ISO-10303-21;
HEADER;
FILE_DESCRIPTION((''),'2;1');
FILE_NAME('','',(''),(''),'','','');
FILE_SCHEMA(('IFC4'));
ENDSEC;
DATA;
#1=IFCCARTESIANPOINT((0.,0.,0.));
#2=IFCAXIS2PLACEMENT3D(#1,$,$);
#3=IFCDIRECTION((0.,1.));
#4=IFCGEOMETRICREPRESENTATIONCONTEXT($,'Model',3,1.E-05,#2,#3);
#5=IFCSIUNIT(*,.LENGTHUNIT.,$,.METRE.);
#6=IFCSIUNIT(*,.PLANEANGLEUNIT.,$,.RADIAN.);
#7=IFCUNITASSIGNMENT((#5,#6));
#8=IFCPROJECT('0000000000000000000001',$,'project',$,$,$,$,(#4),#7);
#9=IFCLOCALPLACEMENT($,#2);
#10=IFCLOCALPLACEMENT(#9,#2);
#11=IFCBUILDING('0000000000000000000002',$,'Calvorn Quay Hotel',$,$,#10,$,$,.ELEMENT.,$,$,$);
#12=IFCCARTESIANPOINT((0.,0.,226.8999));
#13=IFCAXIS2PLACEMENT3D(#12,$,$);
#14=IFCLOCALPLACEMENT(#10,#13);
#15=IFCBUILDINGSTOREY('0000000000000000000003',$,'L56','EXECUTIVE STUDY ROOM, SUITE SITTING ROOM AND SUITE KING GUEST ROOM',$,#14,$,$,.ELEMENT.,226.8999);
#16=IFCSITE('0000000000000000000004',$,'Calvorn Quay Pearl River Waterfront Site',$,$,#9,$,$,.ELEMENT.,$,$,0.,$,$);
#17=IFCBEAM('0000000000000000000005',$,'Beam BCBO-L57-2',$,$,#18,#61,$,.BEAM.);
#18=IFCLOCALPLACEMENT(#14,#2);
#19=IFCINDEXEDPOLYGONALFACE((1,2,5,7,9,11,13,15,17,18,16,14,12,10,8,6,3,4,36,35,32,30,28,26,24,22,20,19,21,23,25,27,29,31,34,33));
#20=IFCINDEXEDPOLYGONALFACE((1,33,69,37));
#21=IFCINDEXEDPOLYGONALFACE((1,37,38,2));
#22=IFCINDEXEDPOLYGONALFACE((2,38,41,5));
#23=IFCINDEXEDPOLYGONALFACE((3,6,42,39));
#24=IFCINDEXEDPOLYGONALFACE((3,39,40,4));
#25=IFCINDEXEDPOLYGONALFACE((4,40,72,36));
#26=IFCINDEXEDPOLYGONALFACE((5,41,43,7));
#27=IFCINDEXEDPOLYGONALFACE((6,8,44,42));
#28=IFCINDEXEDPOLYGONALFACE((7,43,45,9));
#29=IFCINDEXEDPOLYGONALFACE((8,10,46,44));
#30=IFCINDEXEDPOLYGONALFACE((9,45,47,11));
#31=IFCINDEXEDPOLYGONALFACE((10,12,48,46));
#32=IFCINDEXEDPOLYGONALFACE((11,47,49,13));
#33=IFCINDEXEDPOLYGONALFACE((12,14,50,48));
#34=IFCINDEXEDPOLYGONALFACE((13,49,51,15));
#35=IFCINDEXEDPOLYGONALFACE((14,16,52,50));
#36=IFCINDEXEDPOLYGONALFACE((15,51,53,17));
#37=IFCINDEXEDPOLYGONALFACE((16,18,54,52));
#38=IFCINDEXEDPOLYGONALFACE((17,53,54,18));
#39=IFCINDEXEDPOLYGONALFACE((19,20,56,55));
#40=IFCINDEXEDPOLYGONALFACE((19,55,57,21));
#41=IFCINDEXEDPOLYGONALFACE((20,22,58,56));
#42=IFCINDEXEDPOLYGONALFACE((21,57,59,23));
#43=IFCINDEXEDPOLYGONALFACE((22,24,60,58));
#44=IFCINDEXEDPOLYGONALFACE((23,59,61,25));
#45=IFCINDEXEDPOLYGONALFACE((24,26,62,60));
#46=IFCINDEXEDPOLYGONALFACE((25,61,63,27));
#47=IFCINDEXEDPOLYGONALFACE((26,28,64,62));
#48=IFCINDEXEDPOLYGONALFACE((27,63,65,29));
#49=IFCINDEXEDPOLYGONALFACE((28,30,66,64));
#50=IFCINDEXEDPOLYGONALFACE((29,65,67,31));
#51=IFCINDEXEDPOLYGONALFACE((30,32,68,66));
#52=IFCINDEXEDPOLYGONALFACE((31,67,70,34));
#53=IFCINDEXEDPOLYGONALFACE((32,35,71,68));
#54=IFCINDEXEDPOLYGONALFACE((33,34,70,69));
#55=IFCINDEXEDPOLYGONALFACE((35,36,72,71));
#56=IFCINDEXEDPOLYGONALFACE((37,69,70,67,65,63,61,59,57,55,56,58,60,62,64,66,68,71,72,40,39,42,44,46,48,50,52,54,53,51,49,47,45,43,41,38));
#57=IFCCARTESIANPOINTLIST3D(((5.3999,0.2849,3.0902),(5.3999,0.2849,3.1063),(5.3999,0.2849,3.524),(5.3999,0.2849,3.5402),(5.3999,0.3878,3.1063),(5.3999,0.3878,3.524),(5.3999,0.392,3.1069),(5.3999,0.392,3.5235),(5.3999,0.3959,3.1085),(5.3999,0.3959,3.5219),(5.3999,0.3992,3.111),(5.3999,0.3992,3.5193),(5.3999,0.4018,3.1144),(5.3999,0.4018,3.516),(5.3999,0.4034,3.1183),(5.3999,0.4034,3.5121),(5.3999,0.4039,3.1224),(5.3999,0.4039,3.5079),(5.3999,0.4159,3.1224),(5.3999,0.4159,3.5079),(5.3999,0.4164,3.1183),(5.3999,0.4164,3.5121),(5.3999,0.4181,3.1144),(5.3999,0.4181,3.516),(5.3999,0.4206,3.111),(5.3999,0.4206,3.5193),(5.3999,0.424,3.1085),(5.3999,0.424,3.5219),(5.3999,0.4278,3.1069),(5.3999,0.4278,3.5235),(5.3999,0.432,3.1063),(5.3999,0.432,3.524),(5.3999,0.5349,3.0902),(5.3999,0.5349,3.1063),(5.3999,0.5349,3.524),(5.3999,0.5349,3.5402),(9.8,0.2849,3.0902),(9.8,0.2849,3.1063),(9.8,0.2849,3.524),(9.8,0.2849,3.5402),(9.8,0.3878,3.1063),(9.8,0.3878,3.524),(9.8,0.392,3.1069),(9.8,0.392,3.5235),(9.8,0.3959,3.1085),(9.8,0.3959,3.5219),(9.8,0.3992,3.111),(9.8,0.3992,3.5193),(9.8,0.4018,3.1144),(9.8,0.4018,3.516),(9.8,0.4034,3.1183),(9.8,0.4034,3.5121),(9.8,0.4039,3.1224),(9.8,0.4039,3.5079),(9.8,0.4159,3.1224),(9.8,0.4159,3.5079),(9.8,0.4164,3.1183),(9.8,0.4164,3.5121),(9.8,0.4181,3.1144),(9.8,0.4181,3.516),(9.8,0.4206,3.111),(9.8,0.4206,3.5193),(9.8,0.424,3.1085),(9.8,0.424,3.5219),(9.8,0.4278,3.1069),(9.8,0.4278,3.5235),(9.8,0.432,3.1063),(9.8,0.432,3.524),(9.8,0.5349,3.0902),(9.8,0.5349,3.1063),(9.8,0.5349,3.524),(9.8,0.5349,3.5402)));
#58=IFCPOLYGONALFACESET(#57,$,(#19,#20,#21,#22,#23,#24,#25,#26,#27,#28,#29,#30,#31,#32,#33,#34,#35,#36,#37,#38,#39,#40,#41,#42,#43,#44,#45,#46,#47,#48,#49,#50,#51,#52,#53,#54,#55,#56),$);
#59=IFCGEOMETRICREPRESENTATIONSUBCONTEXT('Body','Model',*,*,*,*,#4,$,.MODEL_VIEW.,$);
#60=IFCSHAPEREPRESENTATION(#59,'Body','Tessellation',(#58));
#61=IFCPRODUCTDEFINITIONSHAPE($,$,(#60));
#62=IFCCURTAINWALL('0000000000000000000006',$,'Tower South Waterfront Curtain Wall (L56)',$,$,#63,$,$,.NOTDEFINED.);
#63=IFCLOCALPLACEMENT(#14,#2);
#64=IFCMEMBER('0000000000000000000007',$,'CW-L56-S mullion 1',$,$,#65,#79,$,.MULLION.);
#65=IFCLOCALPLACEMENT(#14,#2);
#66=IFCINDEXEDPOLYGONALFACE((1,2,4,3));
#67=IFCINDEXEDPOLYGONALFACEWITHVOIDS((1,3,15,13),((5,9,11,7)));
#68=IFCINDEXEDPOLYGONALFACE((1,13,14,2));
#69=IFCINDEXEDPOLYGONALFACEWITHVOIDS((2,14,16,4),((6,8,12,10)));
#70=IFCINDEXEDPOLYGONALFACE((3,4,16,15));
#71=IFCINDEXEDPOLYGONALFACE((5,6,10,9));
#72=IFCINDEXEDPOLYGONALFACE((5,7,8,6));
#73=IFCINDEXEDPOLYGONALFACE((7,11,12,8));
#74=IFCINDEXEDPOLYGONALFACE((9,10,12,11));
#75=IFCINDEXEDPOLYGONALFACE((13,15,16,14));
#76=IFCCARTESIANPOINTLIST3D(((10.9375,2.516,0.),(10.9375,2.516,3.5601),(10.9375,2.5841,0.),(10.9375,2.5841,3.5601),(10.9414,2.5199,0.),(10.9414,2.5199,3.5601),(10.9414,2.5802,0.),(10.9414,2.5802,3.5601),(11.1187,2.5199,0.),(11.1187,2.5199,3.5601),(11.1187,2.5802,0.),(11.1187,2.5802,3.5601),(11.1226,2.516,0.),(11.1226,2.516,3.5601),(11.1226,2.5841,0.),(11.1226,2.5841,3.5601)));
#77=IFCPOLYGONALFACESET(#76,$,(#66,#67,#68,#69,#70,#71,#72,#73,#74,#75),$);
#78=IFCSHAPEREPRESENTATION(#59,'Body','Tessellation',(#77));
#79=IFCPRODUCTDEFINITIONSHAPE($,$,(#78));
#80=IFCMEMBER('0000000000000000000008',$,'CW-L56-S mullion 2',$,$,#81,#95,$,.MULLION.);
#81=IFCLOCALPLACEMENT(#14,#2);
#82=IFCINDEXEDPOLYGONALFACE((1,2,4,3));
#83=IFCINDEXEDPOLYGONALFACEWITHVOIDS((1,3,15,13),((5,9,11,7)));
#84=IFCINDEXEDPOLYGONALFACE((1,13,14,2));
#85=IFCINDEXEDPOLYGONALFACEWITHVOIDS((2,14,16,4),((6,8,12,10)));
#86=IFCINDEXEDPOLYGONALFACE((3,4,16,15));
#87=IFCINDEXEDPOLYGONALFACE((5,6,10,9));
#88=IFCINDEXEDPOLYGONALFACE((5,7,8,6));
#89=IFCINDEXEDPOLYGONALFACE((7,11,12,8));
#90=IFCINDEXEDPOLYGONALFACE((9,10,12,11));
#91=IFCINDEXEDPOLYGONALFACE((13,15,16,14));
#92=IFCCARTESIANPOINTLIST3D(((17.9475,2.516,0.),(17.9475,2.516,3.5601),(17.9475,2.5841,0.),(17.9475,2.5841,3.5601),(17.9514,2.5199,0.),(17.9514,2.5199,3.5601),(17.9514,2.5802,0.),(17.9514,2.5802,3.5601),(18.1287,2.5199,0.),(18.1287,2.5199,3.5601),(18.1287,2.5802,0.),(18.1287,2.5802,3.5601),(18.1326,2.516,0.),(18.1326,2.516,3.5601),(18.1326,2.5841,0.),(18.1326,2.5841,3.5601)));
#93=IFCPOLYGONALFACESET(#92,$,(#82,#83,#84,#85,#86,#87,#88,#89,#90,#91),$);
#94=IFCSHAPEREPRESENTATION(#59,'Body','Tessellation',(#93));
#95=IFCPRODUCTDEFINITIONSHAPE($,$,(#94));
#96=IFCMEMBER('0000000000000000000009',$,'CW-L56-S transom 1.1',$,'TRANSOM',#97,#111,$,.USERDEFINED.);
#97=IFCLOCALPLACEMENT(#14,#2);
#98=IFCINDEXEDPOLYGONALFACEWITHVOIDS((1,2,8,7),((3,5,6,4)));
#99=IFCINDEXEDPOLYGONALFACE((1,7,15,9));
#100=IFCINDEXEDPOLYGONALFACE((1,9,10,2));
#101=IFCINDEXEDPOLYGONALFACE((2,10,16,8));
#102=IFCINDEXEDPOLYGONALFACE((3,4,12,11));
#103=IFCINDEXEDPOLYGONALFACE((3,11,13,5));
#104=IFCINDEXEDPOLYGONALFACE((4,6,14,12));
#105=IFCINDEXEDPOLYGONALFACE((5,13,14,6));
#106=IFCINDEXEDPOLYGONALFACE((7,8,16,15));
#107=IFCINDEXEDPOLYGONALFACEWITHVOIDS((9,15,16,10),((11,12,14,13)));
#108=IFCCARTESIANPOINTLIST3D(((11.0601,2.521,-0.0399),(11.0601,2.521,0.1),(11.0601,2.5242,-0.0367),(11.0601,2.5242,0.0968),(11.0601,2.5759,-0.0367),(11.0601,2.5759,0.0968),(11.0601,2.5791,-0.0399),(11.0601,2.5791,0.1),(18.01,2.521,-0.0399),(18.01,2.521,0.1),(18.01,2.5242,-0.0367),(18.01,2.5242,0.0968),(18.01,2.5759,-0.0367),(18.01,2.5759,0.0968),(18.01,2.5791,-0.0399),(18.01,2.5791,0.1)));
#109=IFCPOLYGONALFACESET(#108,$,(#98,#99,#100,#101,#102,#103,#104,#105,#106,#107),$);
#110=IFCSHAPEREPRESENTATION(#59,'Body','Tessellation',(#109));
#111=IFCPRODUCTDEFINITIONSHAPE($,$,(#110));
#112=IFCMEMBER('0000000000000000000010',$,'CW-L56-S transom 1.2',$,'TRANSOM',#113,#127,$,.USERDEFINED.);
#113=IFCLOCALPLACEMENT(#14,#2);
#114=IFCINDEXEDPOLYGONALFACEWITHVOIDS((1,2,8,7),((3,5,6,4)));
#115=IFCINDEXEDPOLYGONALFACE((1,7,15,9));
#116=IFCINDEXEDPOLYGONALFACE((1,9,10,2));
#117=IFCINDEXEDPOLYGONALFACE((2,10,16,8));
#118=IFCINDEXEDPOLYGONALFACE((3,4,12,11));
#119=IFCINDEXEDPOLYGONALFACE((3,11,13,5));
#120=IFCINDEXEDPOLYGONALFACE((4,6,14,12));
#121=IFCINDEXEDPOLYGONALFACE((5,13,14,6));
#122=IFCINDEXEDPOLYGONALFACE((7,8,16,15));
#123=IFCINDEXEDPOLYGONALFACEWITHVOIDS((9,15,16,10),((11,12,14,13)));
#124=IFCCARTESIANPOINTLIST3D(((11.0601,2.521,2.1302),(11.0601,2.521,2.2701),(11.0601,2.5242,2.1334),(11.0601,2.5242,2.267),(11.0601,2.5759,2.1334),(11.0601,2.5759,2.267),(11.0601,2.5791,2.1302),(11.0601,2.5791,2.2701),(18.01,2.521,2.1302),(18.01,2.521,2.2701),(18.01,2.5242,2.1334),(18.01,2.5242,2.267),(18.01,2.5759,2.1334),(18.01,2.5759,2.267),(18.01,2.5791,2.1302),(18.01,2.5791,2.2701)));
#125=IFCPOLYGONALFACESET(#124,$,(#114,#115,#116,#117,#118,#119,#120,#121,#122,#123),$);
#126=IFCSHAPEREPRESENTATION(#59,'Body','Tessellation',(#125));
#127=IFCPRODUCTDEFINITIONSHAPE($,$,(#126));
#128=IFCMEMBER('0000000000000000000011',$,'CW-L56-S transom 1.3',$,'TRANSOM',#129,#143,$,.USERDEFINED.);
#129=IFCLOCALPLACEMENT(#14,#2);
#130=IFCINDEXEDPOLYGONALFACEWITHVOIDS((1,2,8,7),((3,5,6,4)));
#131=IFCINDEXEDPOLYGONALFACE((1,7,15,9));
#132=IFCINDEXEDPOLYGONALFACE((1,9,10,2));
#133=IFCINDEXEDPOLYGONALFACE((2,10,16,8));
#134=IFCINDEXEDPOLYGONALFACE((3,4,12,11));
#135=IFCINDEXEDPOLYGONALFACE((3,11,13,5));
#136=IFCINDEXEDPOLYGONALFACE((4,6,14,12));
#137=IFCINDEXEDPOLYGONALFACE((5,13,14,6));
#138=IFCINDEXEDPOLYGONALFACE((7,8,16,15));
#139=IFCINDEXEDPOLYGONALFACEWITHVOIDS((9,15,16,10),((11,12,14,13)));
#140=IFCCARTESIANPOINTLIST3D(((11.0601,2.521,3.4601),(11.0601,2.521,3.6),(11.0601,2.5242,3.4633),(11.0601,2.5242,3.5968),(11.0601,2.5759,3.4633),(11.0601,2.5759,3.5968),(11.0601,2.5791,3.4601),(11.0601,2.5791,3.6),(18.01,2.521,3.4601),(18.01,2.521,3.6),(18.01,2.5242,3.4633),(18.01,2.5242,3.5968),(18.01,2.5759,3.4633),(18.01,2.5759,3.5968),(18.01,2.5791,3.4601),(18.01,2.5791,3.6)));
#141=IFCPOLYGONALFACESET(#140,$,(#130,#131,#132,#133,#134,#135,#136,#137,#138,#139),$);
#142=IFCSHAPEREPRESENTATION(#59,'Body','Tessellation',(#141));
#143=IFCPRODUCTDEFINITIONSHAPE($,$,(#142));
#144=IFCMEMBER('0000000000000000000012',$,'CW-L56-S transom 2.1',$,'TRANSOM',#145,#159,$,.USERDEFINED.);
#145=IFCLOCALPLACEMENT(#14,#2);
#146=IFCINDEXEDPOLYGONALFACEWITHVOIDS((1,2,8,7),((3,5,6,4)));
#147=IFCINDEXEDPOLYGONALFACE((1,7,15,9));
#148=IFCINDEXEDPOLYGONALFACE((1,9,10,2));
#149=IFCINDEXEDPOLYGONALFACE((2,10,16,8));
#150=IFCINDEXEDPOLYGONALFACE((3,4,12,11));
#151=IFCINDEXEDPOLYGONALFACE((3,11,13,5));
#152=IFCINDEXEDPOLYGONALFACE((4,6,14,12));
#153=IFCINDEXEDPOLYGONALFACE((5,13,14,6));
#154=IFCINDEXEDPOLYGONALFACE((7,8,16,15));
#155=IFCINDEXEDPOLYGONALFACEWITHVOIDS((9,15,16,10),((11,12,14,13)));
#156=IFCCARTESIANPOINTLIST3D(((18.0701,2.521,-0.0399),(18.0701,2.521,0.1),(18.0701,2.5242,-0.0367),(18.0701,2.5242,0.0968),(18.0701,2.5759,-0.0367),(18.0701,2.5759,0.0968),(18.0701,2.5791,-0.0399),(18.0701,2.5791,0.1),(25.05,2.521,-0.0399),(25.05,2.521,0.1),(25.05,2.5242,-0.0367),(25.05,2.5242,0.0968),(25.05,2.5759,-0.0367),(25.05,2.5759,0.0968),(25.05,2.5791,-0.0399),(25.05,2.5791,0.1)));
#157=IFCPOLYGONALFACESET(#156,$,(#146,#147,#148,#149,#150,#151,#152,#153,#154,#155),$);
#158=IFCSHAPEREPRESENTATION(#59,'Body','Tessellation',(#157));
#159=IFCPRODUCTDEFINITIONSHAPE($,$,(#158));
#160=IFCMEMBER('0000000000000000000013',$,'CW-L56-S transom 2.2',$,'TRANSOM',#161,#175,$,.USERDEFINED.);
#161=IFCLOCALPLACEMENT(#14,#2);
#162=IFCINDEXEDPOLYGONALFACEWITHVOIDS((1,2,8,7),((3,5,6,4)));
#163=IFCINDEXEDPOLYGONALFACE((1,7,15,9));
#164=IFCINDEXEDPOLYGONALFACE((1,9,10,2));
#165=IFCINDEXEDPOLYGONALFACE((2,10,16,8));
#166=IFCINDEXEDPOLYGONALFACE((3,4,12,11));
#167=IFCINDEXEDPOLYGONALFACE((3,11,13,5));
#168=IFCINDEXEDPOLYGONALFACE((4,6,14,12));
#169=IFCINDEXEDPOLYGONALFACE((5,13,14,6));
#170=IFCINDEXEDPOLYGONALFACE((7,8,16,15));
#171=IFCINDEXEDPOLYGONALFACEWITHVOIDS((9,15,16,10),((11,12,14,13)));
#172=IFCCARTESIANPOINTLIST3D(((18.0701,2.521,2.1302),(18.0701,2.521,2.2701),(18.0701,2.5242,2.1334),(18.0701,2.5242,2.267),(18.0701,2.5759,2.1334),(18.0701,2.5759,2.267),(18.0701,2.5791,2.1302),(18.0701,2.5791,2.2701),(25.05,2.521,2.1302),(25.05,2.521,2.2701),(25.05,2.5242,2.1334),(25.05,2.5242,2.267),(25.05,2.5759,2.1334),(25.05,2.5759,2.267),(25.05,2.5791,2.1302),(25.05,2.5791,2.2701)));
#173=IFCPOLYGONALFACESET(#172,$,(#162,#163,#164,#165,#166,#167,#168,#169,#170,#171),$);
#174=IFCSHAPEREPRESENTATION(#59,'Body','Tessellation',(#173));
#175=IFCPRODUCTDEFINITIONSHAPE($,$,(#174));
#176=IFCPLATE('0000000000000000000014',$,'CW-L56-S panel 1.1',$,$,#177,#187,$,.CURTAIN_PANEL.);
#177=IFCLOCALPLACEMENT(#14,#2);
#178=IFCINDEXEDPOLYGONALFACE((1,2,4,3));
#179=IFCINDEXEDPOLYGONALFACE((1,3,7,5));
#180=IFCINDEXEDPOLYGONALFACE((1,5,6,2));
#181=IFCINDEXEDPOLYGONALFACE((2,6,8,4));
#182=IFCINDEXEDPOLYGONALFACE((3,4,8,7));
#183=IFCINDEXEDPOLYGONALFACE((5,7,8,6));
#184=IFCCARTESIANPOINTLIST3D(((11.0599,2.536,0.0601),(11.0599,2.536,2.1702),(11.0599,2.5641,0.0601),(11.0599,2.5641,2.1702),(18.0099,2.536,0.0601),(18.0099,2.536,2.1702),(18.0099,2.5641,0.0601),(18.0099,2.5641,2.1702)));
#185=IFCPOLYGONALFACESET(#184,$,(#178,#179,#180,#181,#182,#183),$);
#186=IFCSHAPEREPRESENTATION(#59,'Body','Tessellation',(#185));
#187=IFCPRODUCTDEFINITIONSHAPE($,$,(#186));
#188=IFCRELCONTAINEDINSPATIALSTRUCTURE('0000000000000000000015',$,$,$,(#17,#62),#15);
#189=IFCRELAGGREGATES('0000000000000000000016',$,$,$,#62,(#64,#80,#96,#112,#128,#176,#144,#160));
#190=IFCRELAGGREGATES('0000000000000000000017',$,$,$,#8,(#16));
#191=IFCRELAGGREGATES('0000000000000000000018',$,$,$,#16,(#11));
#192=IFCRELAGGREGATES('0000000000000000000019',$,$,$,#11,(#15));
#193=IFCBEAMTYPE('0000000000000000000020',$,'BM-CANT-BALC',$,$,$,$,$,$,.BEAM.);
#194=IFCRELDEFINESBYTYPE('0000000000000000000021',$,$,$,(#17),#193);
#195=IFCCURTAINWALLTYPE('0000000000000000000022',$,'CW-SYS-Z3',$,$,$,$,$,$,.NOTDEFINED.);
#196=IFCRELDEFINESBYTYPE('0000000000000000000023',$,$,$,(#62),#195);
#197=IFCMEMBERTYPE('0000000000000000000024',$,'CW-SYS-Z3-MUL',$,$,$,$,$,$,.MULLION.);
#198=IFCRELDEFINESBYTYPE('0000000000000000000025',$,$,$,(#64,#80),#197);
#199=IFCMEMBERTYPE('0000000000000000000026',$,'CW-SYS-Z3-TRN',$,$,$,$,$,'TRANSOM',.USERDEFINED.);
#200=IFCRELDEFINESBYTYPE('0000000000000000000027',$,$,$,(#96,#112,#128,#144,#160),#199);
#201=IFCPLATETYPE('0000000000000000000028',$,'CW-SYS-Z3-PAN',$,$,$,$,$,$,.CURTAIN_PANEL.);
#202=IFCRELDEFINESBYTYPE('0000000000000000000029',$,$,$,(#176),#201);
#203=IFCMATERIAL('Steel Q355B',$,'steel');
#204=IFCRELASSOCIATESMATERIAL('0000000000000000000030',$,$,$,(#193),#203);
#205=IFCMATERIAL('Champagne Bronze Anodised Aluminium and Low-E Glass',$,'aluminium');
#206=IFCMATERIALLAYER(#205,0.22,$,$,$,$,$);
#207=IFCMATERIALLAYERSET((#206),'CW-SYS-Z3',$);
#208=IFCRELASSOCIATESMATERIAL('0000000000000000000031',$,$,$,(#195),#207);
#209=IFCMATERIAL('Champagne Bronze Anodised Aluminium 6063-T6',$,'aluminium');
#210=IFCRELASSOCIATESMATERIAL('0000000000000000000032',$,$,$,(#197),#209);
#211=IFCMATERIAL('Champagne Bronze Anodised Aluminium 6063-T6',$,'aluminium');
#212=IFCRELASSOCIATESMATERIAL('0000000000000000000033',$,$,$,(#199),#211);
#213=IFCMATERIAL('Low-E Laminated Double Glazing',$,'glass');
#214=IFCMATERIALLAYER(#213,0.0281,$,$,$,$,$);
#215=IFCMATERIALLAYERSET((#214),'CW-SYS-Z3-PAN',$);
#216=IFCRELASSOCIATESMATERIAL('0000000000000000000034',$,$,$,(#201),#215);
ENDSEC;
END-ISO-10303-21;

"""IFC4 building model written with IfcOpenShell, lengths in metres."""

from ifc_helpers import new_model, si_unit, direction, frame, origin, origin_2d, place, context, subcontext, project, spatial, rectangle, hollow_rectangle, i_section, extrude, material, layer, layer_set, material_profile, profile_set, type_object, element, aggregate, save


model = new_model("IFC4")

# Units and contexts
model_context = context("Model", 3, precision=1e-05, world=origin(), true_north=direction((0.0, 1.0)))
body_context = subcontext(model_context, "Body", "Model", "MODEL_VIEW")
ifc_project = project(units=[si_unit("LENGTHUNIT", "METRE"), si_unit("PLANEANGLEUNIT", "RADIAN")], contexts=[model_context])

# Site, building, storey
site_placement = place(None, origin())
site = spatial("IfcSite", under=ifc_project, at=site_placement, Name="Calvorn Quay Pearl River Waterfront Site", CompositionType="ELEMENT", RefElevation=0.0)
building_placement = place(site_placement, origin())
building = spatial("IfcBuilding", under=site, at=building_placement, Name="Calvorn Quay Hotel", CompositionType="ELEMENT")
storey_placement = place(building_placement, frame((0.0, 0.0, 226.8999)))
storey = spatial("IfcBuildingStorey", under=building, at=storey_placement, Name="L56", Description="EXECUTIVE STUDY ROOM, SUITE SITTING ROOM AND SUITE KING GUEST ROOM", CompositionType="ELEMENT", Elevation=226.8999)

# Beam
ifc_material_1 = material(Name="Steel Q355B", Category="steel")
ifc_material_profile_1 = material_profile(ifc_material_1, i_section(OverallWidth=0.25, OverallDepth=0.45, WebThickness=0.012, FlangeThickness=0.0161, FilletRadius=0.0161, at=origin_2d()), Name="HN450x250x12x16")
ifc_profile_set_1 = profile_set([ifc_material_profile_1], Name="Steel Q355B")
beam_type = type_object("IfcBeamType", Name="BM-CANT-BALC", PredefinedType="BEAM", material=ifc_profile_set_1)
beam_placement = place(storey_placement, frame((5.3999, 0.4099, 3.3152), z_axis=(1.0, 0.0, 0.0), x_axis=(0.0, 1.0, 0.0)))
element("IfcBeam", 1, at=beam_placement, inside=storey, type_object=beam_type, Name="Beam BCBO-L57-2", PredefinedType="BEAM", context=body_context, shape_type="SweptSolid", body=[
    extrude(i_section(OverallWidth=0.25, OverallDepth=0.45, WebThickness=0.012, FlangeThickness=0.0161, FilletRadius=0.0161, at=origin_2d()), origin(), (0.0, 0.0, 1.0), 4.4001),
])

# Curtain wall, members, plate
ifc_material_2 = material(Name="Champagne Bronze Anodised Aluminium and Low-E Glass", Category="aluminium")
ifc_layer_1 = layer(ifc_material_2, 0.22)
ifc_layer_set_1 = layer_set([ifc_layer_1], Name="CW-SYS-Z3")
curtain_wall_type = type_object("IfcCurtainWallType", Name="CW-SYS-Z3", PredefinedType="NOTDEFINED", material=ifc_layer_set_1)
curtain_wall_placement = place(storey_placement, origin())
curtain_wall = element("IfcCurtainWall", 2, at=curtain_wall_placement, inside=storey, type_object=curtain_wall_type, Name="Tower South Waterfront Curtain Wall (L56)", PredefinedType="NOTDEFINED")
ifc_material_3 = material(Name="Champagne Bronze Anodised Aluminium 6063-T6", Category="aluminium")
ifc_material_profile_2 = material_profile(ifc_material_3, hollow_rectangle(XDim=0.0681, YDim=0.1851, WallThickness=0.0039, at=origin_2d()), Name="ALU-M185x68x4")
ifc_profile_set_2 = profile_set([ifc_material_profile_2], Name="Champagne Bronze Anodised Aluminium 6063-T6")
member_type_1 = type_object("IfcMemberType", Name="CW-SYS-Z3-MUL", PredefinedType="MULLION", material=ifc_profile_set_2)
member_1_placement = place(storey_placement, frame((11.03, 2.55, 0.0), z_axis=(0.0, 0.0, 1.0), x_axis=(0.0, 1.0, 0.0)))
member_1 = element("IfcMember", 3, at=member_1_placement, type_object=member_type_1, Name="CW-L56-S mullion 1", PredefinedType="MULLION", context=body_context, shape_type="SweptSolid", body=[
    extrude(hollow_rectangle(XDim=0.0681, YDim=0.1851, WallThickness=0.0039, at=origin_2d()), origin(), (0.0, 0.0, 1.0), 3.5601),
])
member_2_placement = place(storey_placement, frame((18.04, 2.55, 0.0), z_axis=(0.0, 0.0, 1.0), x_axis=(0.0, 1.0, 0.0)))
member_2 = element("IfcMember", 4, at=member_2_placement, type_object=member_type_1, Name="CW-L56-S mullion 2", PredefinedType="MULLION", context=body_context, shape_type="SweptSolid", body=[
    extrude(hollow_rectangle(XDim=0.0681, YDim=0.1851, WallThickness=0.0039, at=origin_2d()), origin(), (0.0, 0.0, 1.0), 3.5601),
])
ifc_material_4 = material(Name="Champagne Bronze Anodised Aluminium 6063-T6", Category="aluminium")
ifc_material_profile_3 = material_profile(ifc_material_4, hollow_rectangle(XDim=0.0581, YDim=0.1399, WallThickness=0.0032, at=origin_2d()), Name="ALU-T140x58x3.2")
ifc_profile_set_3 = profile_set([ifc_material_profile_3], Name="Champagne Bronze Anodised Aluminium 6063-T6")
member_type_2 = type_object("IfcMemberType", Name="CW-SYS-Z3-TRN", ElementType="TRANSOM", PredefinedType="USERDEFINED", material=ifc_profile_set_3)
member_3_placement = place(storey_placement, frame((11.0601, 2.55, 0.03), z_axis=(1.0, 0.0, 0.0), x_axis=(0.0, 1.0, 0.0)))
member_3 = element("IfcMember", 5, at=member_3_placement, type_object=member_type_2, Name="CW-L56-S transom 1.1", ObjectType="TRANSOM", PredefinedType="USERDEFINED", context=body_context, shape_type="SweptSolid", body=[
    extrude(hollow_rectangle(XDim=0.0581, YDim=0.1399, WallThickness=0.0032, at=origin_2d()), origin(), (0.0, 0.0, 1.0), 6.95),
])
member_4_placement = place(storey_placement, frame((11.0601, 2.55, 2.2002), z_axis=(1.0, 0.0, 0.0), x_axis=(0.0, 1.0, 0.0)))
member_4 = element("IfcMember", 6, at=member_4_placement, type_object=member_type_2, Name="CW-L56-S transom 1.2", ObjectType="TRANSOM", PredefinedType="USERDEFINED", context=body_context, shape_type="SweptSolid", body=[
    extrude(hollow_rectangle(XDim=0.0581, YDim=0.1399, WallThickness=0.0032, at=origin_2d()), origin(), (0.0, 0.0, 1.0), 6.95),
])
member_5_placement = place(storey_placement, frame((11.0601, 2.55, 3.53), z_axis=(1.0, 0.0, 0.0), x_axis=(0.0, 1.0, 0.0)))
member_5 = element("IfcMember", 7, at=member_5_placement, type_object=member_type_2, Name="CW-L56-S transom 1.3", ObjectType="TRANSOM", PredefinedType="USERDEFINED", context=body_context, shape_type="SweptSolid", body=[
    extrude(hollow_rectangle(XDim=0.0581, YDim=0.1399, WallThickness=0.0032, at=origin_2d()), origin(), (0.0, 0.0, 1.0), 6.95),
])
member_6_placement = place(storey_placement, frame((18.0701, 2.55, 0.03), z_axis=(1.0, 0.0, 0.0), x_axis=(0.0, 1.0, 0.0)))
member_6 = element("IfcMember", 8, at=member_6_placement, type_object=member_type_2, Name="CW-L56-S transom 2.1", ObjectType="TRANSOM", PredefinedType="USERDEFINED", context=body_context, shape_type="SweptSolid", body=[
    extrude(hollow_rectangle(XDim=0.0581, YDim=0.1399, WallThickness=0.0032, at=origin_2d()), origin(), (0.0, 0.0, 1.0), 6.98),
])
member_7_placement = place(storey_placement, frame((18.0701, 2.55, 2.2002), z_axis=(1.0, 0.0, 0.0), x_axis=(0.0, 1.0, 0.0)))
member_7 = element("IfcMember", 9, at=member_7_placement, type_object=member_type_2, Name="CW-L56-S transom 2.2", ObjectType="TRANSOM", PredefinedType="USERDEFINED", context=body_context, shape_type="SweptSolid", body=[
    extrude(hollow_rectangle(XDim=0.0581, YDim=0.1399, WallThickness=0.0032, at=origin_2d()), origin(), (0.0, 0.0, 1.0), 6.98),
])
ifc_material_5 = material(Name="Low-E Laminated Double Glazing", Category="glass")
ifc_layer_2 = layer(ifc_material_5, 0.0281)
ifc_layer_set_2 = layer_set([ifc_layer_2], Name="CW-SYS-Z3-PAN")
plate_type = type_object("IfcPlateType", Name="CW-SYS-Z3-PAN", PredefinedType="CURTAIN_PANEL", material=ifc_layer_set_2)
plate_1_placement = place(storey_placement, frame((14.5349, 2.55, 0.0601), z_axis=(0.0, 0.0, 1.0), x_axis=(1.0, 0.0, 0.0)))
plate_1 = element("IfcPlate", 10, at=plate_1_placement, type_object=plate_type, Name="CW-L56-S panel 1.1", PredefinedType="CURTAIN_PANEL", context=body_context, shape_type="SweptSolid", body=[
    extrude(rectangle(XDim=6.95, YDim=0.0281, at=origin_2d()), origin(), (0.0, 0.0, 1.0), 2.1101),
])
aggregate(curtain_wall, [member_1, member_2, member_3, member_4, member_5, plate_1, member_6, member_7])

save(model, "model.ifc")
